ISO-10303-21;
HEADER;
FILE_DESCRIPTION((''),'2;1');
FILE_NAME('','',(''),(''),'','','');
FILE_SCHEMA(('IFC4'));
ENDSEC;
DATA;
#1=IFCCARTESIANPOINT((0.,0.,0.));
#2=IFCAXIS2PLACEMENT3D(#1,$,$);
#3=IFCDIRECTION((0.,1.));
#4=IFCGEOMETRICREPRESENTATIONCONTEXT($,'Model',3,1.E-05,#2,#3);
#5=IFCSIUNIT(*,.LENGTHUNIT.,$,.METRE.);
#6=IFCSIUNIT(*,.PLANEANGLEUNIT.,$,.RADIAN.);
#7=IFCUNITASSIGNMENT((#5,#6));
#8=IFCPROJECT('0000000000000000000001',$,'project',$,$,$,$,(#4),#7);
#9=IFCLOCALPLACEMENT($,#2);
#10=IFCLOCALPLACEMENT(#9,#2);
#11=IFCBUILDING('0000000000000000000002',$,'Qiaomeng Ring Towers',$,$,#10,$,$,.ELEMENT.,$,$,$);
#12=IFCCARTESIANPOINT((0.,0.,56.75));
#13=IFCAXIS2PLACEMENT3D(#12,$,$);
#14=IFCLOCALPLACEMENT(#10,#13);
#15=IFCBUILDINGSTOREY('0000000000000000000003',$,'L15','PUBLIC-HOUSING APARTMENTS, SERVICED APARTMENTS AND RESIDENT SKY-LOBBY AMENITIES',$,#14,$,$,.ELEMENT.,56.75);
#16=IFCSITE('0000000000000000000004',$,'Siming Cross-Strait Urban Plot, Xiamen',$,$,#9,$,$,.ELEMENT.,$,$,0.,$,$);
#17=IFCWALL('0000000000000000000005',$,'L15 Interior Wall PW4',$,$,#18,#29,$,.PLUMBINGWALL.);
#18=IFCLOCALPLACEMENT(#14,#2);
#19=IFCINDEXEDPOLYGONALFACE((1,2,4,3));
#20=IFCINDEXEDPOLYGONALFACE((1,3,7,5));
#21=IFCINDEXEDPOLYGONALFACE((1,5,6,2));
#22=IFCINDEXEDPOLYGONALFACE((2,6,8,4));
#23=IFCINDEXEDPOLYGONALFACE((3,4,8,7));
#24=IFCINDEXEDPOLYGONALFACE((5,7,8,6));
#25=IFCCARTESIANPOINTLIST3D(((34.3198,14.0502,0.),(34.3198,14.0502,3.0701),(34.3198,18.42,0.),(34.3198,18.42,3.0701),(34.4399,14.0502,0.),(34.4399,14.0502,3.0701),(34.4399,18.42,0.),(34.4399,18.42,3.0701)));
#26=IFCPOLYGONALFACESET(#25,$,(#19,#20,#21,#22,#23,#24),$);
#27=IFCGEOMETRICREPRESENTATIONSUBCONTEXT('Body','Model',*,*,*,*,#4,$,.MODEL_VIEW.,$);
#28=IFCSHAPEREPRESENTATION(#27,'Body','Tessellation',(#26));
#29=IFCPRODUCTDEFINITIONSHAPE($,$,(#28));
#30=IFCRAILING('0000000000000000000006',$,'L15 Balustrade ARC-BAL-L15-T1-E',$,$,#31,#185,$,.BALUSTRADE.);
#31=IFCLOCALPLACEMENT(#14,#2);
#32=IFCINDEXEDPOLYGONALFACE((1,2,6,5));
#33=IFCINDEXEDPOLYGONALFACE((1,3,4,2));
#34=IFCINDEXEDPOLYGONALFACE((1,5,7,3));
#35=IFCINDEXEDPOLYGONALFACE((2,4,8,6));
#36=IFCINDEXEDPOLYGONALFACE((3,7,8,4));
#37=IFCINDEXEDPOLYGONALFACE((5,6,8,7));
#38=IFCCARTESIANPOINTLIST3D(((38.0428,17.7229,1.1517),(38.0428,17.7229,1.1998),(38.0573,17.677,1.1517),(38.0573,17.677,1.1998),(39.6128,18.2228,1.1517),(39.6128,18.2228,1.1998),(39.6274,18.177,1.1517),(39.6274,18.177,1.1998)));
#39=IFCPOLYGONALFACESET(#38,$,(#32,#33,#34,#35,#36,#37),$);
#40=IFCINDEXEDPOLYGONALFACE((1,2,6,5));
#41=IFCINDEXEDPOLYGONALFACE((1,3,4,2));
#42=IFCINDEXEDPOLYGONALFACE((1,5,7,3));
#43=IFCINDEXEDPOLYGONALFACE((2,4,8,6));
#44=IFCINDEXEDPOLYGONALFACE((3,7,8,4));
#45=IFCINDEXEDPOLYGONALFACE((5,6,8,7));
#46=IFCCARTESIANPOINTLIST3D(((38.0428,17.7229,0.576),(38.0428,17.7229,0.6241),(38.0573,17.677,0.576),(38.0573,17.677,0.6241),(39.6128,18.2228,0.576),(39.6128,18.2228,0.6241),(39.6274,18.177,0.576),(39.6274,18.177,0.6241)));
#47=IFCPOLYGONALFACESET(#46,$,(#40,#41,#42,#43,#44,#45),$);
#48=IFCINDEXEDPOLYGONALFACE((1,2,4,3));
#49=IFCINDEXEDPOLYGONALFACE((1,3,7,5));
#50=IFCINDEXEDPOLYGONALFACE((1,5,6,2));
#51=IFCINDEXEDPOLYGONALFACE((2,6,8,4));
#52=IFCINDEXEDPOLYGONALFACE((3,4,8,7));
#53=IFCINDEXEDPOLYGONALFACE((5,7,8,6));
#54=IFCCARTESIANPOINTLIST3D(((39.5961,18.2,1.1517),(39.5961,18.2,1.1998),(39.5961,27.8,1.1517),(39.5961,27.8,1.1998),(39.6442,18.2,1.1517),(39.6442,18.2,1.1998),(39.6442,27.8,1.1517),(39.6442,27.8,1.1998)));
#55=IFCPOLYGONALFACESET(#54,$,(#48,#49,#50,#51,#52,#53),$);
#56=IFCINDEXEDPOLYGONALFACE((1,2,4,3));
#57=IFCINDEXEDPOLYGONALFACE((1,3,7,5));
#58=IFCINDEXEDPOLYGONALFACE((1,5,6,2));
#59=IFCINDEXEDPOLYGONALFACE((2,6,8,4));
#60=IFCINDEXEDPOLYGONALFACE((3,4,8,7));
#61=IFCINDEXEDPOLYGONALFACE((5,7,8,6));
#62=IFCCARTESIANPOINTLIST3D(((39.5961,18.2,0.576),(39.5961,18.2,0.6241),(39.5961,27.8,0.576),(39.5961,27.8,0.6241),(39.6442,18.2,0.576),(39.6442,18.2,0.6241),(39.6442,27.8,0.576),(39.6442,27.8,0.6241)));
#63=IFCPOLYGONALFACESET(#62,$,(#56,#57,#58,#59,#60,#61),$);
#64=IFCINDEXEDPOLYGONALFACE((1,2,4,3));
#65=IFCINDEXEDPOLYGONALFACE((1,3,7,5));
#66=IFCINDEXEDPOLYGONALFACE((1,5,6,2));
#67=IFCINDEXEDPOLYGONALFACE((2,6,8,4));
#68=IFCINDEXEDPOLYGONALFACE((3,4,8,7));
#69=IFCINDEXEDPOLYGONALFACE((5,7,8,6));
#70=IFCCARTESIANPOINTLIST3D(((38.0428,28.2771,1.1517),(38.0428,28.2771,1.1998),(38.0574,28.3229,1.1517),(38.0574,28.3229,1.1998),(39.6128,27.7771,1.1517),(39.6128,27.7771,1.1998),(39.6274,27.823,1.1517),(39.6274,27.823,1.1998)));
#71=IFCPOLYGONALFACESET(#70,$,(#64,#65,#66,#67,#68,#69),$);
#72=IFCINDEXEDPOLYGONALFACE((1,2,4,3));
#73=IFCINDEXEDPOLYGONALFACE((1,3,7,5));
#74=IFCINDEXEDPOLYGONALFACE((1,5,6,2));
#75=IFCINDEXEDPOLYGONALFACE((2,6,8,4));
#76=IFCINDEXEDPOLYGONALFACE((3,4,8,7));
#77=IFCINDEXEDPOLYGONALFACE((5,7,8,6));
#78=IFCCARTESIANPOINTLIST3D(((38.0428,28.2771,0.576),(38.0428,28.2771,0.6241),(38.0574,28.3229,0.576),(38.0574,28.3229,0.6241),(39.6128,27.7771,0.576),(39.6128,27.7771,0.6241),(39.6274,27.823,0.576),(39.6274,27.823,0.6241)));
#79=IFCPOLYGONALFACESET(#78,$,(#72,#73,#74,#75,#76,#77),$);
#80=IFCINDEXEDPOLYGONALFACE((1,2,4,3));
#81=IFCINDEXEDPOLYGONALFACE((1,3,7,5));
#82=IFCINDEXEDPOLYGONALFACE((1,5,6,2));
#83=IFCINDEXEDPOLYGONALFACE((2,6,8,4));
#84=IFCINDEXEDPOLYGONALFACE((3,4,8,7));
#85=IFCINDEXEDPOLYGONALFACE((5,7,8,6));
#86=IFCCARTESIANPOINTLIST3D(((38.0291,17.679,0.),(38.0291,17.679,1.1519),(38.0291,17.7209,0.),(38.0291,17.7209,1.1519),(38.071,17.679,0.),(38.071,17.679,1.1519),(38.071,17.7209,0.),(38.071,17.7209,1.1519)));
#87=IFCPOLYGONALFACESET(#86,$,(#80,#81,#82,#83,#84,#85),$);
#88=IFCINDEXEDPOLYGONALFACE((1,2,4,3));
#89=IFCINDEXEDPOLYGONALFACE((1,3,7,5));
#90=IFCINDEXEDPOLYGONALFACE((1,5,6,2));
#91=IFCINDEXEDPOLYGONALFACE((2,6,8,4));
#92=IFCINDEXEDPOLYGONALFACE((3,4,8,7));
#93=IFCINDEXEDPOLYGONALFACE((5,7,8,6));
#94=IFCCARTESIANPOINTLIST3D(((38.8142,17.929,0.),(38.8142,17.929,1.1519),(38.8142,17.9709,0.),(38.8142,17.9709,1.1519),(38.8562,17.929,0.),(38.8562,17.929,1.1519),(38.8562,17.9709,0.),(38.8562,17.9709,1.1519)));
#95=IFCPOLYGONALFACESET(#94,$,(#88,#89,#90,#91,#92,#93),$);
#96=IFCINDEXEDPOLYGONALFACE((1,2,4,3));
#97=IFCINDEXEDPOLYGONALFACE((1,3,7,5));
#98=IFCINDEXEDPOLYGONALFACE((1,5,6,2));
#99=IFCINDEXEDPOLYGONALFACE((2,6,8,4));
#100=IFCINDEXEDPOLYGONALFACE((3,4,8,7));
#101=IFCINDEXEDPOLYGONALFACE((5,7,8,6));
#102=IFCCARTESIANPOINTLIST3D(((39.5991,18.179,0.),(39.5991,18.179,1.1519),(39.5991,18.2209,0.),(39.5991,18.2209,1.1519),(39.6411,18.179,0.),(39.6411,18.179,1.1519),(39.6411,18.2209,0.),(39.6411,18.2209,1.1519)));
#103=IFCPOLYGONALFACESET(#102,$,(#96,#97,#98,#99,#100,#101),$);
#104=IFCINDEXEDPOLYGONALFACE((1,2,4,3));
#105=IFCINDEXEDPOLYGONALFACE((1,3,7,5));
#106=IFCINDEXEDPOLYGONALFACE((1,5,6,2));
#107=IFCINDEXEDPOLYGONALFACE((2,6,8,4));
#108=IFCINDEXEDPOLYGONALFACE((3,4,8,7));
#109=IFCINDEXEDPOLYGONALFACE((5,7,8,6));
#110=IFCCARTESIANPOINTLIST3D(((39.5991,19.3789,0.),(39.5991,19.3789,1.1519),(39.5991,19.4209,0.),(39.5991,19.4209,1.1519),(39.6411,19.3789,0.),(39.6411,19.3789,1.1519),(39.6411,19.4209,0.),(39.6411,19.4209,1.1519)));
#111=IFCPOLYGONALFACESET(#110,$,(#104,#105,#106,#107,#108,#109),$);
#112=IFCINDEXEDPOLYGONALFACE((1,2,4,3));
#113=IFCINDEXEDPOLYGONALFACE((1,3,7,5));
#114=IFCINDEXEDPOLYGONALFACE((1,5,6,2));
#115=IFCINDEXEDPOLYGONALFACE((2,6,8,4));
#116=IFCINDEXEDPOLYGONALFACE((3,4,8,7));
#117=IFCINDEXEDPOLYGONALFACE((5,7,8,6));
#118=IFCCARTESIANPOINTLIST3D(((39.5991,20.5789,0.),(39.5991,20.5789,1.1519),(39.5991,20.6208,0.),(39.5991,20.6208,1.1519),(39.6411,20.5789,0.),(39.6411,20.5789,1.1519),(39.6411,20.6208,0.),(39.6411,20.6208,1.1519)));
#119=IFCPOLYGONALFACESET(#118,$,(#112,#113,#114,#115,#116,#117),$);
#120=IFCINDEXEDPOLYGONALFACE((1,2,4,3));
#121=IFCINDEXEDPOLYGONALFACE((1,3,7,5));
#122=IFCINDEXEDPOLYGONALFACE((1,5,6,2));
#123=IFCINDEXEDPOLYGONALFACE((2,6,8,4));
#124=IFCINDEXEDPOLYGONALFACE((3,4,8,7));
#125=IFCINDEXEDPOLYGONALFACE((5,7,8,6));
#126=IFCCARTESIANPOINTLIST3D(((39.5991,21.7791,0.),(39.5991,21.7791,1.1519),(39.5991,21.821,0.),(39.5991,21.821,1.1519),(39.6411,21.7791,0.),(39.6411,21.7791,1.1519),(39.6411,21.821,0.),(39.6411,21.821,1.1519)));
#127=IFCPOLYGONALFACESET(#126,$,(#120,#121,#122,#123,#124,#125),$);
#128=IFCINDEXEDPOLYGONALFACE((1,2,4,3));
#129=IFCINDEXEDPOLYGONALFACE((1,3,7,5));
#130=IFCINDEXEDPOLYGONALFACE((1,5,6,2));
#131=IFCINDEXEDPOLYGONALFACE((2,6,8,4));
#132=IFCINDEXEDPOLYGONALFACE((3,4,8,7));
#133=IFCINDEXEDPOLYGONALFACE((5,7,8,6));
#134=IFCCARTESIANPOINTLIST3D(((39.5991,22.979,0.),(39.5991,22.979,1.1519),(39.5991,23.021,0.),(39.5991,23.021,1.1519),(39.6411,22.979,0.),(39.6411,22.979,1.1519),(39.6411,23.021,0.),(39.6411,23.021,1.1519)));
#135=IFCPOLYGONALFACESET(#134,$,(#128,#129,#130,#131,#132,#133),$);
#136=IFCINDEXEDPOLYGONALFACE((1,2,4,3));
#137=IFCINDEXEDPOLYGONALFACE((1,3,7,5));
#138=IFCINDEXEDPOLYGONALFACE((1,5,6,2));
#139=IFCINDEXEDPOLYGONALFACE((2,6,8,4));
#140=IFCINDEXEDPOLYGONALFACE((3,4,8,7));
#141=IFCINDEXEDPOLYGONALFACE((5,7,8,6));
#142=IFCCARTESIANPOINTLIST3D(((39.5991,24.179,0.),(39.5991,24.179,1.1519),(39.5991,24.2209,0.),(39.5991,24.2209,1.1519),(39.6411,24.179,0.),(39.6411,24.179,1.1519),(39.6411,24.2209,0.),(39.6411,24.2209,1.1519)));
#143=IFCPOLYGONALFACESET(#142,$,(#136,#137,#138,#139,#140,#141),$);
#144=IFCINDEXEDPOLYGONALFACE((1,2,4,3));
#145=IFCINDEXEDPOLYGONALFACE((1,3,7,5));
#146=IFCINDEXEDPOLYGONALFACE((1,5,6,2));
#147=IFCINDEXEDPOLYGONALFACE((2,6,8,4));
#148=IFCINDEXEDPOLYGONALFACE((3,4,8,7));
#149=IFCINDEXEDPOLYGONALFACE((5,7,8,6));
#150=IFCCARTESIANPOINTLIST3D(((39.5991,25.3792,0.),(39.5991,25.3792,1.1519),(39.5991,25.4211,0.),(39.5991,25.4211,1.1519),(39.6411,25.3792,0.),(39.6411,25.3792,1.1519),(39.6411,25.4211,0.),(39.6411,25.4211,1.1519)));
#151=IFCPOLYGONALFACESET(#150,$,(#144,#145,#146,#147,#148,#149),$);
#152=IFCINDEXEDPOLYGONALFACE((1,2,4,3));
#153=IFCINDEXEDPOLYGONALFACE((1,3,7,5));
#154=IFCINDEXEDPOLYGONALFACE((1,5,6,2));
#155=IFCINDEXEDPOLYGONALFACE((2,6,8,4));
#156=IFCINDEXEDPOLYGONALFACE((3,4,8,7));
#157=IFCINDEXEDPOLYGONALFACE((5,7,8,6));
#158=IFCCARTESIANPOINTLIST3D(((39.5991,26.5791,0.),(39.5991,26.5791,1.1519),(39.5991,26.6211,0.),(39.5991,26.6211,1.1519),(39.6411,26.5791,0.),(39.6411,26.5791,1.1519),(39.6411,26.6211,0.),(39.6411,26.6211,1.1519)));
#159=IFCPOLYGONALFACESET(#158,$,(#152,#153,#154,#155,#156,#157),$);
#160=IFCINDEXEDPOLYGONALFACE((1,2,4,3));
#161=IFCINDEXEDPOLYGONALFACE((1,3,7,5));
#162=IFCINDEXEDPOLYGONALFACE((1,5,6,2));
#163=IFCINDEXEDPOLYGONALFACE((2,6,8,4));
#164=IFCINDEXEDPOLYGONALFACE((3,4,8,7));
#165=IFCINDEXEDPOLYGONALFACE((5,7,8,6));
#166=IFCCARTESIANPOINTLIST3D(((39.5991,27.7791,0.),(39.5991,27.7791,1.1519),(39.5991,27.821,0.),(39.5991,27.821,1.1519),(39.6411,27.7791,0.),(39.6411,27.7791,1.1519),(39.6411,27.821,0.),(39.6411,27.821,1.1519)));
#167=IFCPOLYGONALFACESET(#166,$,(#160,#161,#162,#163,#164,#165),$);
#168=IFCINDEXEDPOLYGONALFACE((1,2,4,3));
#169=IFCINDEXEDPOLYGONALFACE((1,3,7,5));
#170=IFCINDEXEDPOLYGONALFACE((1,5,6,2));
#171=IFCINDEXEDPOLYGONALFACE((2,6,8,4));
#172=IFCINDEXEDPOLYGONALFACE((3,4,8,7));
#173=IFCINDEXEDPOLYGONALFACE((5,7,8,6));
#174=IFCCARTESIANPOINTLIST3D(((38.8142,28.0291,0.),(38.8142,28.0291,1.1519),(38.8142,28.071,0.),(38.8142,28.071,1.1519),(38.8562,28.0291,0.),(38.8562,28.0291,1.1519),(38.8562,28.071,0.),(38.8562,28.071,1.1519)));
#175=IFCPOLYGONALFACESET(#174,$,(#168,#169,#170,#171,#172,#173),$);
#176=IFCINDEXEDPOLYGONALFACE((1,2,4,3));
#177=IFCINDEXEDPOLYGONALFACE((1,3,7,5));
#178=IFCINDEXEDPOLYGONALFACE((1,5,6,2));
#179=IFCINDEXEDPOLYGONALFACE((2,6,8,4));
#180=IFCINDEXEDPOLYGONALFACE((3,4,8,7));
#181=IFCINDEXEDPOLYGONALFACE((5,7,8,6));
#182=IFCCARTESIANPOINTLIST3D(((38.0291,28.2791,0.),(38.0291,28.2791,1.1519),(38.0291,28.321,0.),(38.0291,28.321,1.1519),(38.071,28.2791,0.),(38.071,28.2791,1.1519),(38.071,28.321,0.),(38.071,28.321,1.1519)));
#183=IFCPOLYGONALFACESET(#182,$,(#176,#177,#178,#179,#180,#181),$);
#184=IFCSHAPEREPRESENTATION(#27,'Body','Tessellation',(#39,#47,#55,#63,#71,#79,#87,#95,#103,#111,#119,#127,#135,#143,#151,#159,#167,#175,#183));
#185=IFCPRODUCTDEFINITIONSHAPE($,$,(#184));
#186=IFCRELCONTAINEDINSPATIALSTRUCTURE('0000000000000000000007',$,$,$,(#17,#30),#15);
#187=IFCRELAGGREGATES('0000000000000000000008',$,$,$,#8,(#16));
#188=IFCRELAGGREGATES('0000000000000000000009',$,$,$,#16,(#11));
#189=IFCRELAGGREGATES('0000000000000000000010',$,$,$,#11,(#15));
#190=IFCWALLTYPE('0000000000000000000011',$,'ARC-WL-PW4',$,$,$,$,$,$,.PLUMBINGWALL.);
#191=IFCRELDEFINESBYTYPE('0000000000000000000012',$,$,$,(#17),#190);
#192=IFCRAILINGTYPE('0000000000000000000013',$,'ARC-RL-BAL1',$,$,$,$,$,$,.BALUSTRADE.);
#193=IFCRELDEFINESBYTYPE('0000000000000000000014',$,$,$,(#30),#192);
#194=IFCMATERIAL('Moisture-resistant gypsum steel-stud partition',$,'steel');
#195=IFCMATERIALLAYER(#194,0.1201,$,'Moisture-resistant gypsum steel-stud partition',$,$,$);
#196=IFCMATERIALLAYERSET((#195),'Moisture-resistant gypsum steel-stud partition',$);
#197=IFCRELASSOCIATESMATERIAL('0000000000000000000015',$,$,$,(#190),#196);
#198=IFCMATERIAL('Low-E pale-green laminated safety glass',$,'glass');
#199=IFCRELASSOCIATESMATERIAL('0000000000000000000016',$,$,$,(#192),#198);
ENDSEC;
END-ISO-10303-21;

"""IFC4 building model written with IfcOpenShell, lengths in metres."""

from ifc_helpers import new_model, si_unit, direction, frame, frame_2d, origin, origin_2d, place, context, subcontext, project, spatial, rectangle, extrude, material, layer, layer_set, type_object, element, save


model = new_model("IFC4")

# Units and contexts
model_context = context("Model", 3, precision=1e-05, world=origin(), true_north=direction((0.0, 1.0)))
body_context = subcontext(model_context, "Body", "Model", "MODEL_VIEW")
ifc_project = project(units=[si_unit("LENGTHUNIT", "METRE"), si_unit("PLANEANGLEUNIT", "RADIAN")], contexts=[model_context])

# Site, building, storey
site_placement = place(None, origin())
site = spatial("IfcSite", under=ifc_project, at=site_placement, Name="Siming Cross-Strait Urban Plot, Xiamen", CompositionType="ELEMENT", RefElevation=0.0)
building_placement = place(site_placement, origin())
building = spatial("IfcBuilding", under=site, at=building_placement, Name="Qiaomeng Ring Towers", CompositionType="ELEMENT")
storey_placement = place(building_placement, frame((0.0, 0.0, 56.75)))
storey = spatial("IfcBuildingStorey", under=building, at=storey_placement, Name="L15", Description="PUBLIC-HOUSING APARTMENTS, SERVICED APARTMENTS AND RESIDENT SKY-LOBBY AMENITIES", CompositionType="ELEMENT", Elevation=56.75)

# Shared definitions
ifc_material_1 = material(Name="Moisture-resistant gypsum steel-stud partition", Category="steel")
ifc_layer_1 = layer(ifc_material_1, 0.1201, Name="Moisture-resistant gypsum steel-stud partition")
ifc_layer_set_1 = layer_set([ifc_layer_1], Name="Moisture-resistant gypsum steel-stud partition")
wall_type_1 = type_object("IfcWallType", Name="ARC-WL-PW4", PredefinedType="PLUMBINGWALL", material=ifc_layer_set_1)

# Wall
wall_1_placement = place(storey_placement, frame((34.3799, 14.05, 0.0), z_axis=(0.0, 0.0, 1.0), x_axis=(0.0, 1.0, 0.0)))
element("IfcWall", 1, at=wall_1_placement, inside=storey, type_object=wall_type_1, Name="L15 Interior Wall PW4", PredefinedType="PLUMBINGWALL", context=body_context, shape_type="SweptSolid", body=[
    extrude(rectangle(XDim=4.3699, YDim=0.1201, at=frame_2d((2.1851, 0.0))), origin(), (0.0, 0.0, 1.0), 3.0701),
])

# Railing
ifc_material_2 = material(Name="Low-E pale-green laminated safety glass", Category="glass")
railing_type = type_object("IfcRailingType", Name="ARC-RL-BAL1", PredefinedType="BALUSTRADE", material=ifc_material_2)
railing_1_placement = place(storey_placement, frame((38.05, 17.7, 0.0)))
element("IfcRailing", 2, at=railing_1_placement, inside=storey, type_object=railing_type, Name="L15 Balustrade ARC-BAL-L15-T1-E", PredefinedType="BALUSTRADE", context=body_context, shape_type="SweptSolid", body=[
    extrude(rectangle(XDim=0.0481, YDim=0.0481, at=origin_2d()), frame((0.0, 0.0, 1.1758), z_axis=(0.95285, 0.303442, 0.0), x_axis=(-0.303442, 0.95285, 0.0)), (0.0, 0.0, 1.0), 1.6477),
    extrude(rectangle(XDim=0.0481, YDim=0.0481, at=origin_2d()), frame((0.0, 0.0, 0.6001), z_axis=(0.95285, 0.303442, 0.0), x_axis=(-0.303442, 0.95285, 0.0)), (0.0, 0.0, 1.0), 1.6477),
    extrude(rectangle(XDim=0.0481, YDim=0.0481, at=origin_2d()), frame((1.5701, 0.5, 1.1758), z_axis=(0.0, 1.0, 0.0), x_axis=(-1.0, 0.0, 0.0)), (0.0, 0.0, 1.0), 9.6001),
    extrude(rectangle(XDim=0.0481, YDim=0.0481, at=origin_2d()), frame((1.5701, 0.5, 0.6001), z_axis=(0.0, 1.0, 0.0), x_axis=(-1.0, 0.0, 0.0)), (0.0, 0.0, 1.0), 9.6001),
    extrude(rectangle(XDim=0.0481, YDim=0.0481, at=origin_2d()), frame((1.5701, 10.1001, 1.1758), z_axis=(-0.95285, 0.303442, 0.0), x_axis=(-0.303442, -0.95285, 0.0)), (0.0, 0.0, 1.0), 1.6477),
    extrude(rectangle(XDim=0.0481, YDim=0.0481, at=origin_2d()), frame((1.5701, 10.1001, 0.6001), z_axis=(-0.95285, 0.303442, 0.0), x_axis=(-0.303442, -0.95285, 0.0)), (0.0, 0.0, 1.0), 1.6477),
    extrude(rectangle(XDim=0.042, YDim=0.042, at=origin_2d()), origin(), (0.0, 0.0, 1.0), 1.1519),
    extrude(rectangle(XDim=0.042, YDim=0.042, at=origin_2d()), frame((0.7852, 0.25, 0.0)), (0.0, 0.0, 1.0), 1.1519),
    extrude(rectangle(XDim=0.042, YDim=0.042, at=origin_2d()), frame((1.5701, 0.5, 0.0)), (0.0, 0.0, 1.0), 1.1519),
    extrude(rectangle(XDim=0.042, YDim=0.042, at=origin_2d()), frame((1.5701, 1.7, 0.0)), (0.0, 0.0, 1.0), 1.1519),
    extrude(rectangle(XDim=0.042, YDim=0.042, at=origin_2d()), frame((1.5701, 2.8999, 0.0)), (0.0, 0.0, 1.0), 1.1519),
    extrude(rectangle(XDim=0.042, YDim=0.042, at=origin_2d()), frame((1.5701, 4.1001, 0.0)), (0.0, 0.0, 1.0), 1.1519),
    extrude(rectangle(XDim=0.042, YDim=0.042, at=origin_2d()), frame((1.5701, 5.3, 0.0)), (0.0, 0.0, 1.0), 1.1519),
    extrude(rectangle(XDim=0.042, YDim=0.042, at=origin_2d()), frame((1.5701, 6.5, 0.0)), (0.0, 0.0, 1.0), 1.1519),
    extrude(rectangle(XDim=0.042, YDim=0.042, at=origin_2d()), frame((1.5701, 7.7002, 0.0)), (0.0, 0.0, 1.0), 1.1519),
    extrude(rectangle(XDim=0.042, YDim=0.042, at=origin_2d()), frame((1.5701, 8.9001, 0.0)), (0.0, 0.0, 1.0), 1.1519),
    extrude(rectangle(XDim=0.042, YDim=0.042, at=origin_2d()), frame((1.5701, 10.1001, 0.0)), (0.0, 0.0, 1.0), 1.1519),
    extrude(rectangle(XDim=0.042, YDim=0.042, at=origin_2d()), frame((0.7852, 10.3501, 0.0)), (0.0, 0.0, 1.0), 1.1519),
    extrude(rectangle(XDim=0.042, YDim=0.042, at=origin_2d()), frame((0.0, 10.6001, 0.0)), (0.0, 0.0, 1.0), 1.1519),
])

save(model, "model.ifc")
